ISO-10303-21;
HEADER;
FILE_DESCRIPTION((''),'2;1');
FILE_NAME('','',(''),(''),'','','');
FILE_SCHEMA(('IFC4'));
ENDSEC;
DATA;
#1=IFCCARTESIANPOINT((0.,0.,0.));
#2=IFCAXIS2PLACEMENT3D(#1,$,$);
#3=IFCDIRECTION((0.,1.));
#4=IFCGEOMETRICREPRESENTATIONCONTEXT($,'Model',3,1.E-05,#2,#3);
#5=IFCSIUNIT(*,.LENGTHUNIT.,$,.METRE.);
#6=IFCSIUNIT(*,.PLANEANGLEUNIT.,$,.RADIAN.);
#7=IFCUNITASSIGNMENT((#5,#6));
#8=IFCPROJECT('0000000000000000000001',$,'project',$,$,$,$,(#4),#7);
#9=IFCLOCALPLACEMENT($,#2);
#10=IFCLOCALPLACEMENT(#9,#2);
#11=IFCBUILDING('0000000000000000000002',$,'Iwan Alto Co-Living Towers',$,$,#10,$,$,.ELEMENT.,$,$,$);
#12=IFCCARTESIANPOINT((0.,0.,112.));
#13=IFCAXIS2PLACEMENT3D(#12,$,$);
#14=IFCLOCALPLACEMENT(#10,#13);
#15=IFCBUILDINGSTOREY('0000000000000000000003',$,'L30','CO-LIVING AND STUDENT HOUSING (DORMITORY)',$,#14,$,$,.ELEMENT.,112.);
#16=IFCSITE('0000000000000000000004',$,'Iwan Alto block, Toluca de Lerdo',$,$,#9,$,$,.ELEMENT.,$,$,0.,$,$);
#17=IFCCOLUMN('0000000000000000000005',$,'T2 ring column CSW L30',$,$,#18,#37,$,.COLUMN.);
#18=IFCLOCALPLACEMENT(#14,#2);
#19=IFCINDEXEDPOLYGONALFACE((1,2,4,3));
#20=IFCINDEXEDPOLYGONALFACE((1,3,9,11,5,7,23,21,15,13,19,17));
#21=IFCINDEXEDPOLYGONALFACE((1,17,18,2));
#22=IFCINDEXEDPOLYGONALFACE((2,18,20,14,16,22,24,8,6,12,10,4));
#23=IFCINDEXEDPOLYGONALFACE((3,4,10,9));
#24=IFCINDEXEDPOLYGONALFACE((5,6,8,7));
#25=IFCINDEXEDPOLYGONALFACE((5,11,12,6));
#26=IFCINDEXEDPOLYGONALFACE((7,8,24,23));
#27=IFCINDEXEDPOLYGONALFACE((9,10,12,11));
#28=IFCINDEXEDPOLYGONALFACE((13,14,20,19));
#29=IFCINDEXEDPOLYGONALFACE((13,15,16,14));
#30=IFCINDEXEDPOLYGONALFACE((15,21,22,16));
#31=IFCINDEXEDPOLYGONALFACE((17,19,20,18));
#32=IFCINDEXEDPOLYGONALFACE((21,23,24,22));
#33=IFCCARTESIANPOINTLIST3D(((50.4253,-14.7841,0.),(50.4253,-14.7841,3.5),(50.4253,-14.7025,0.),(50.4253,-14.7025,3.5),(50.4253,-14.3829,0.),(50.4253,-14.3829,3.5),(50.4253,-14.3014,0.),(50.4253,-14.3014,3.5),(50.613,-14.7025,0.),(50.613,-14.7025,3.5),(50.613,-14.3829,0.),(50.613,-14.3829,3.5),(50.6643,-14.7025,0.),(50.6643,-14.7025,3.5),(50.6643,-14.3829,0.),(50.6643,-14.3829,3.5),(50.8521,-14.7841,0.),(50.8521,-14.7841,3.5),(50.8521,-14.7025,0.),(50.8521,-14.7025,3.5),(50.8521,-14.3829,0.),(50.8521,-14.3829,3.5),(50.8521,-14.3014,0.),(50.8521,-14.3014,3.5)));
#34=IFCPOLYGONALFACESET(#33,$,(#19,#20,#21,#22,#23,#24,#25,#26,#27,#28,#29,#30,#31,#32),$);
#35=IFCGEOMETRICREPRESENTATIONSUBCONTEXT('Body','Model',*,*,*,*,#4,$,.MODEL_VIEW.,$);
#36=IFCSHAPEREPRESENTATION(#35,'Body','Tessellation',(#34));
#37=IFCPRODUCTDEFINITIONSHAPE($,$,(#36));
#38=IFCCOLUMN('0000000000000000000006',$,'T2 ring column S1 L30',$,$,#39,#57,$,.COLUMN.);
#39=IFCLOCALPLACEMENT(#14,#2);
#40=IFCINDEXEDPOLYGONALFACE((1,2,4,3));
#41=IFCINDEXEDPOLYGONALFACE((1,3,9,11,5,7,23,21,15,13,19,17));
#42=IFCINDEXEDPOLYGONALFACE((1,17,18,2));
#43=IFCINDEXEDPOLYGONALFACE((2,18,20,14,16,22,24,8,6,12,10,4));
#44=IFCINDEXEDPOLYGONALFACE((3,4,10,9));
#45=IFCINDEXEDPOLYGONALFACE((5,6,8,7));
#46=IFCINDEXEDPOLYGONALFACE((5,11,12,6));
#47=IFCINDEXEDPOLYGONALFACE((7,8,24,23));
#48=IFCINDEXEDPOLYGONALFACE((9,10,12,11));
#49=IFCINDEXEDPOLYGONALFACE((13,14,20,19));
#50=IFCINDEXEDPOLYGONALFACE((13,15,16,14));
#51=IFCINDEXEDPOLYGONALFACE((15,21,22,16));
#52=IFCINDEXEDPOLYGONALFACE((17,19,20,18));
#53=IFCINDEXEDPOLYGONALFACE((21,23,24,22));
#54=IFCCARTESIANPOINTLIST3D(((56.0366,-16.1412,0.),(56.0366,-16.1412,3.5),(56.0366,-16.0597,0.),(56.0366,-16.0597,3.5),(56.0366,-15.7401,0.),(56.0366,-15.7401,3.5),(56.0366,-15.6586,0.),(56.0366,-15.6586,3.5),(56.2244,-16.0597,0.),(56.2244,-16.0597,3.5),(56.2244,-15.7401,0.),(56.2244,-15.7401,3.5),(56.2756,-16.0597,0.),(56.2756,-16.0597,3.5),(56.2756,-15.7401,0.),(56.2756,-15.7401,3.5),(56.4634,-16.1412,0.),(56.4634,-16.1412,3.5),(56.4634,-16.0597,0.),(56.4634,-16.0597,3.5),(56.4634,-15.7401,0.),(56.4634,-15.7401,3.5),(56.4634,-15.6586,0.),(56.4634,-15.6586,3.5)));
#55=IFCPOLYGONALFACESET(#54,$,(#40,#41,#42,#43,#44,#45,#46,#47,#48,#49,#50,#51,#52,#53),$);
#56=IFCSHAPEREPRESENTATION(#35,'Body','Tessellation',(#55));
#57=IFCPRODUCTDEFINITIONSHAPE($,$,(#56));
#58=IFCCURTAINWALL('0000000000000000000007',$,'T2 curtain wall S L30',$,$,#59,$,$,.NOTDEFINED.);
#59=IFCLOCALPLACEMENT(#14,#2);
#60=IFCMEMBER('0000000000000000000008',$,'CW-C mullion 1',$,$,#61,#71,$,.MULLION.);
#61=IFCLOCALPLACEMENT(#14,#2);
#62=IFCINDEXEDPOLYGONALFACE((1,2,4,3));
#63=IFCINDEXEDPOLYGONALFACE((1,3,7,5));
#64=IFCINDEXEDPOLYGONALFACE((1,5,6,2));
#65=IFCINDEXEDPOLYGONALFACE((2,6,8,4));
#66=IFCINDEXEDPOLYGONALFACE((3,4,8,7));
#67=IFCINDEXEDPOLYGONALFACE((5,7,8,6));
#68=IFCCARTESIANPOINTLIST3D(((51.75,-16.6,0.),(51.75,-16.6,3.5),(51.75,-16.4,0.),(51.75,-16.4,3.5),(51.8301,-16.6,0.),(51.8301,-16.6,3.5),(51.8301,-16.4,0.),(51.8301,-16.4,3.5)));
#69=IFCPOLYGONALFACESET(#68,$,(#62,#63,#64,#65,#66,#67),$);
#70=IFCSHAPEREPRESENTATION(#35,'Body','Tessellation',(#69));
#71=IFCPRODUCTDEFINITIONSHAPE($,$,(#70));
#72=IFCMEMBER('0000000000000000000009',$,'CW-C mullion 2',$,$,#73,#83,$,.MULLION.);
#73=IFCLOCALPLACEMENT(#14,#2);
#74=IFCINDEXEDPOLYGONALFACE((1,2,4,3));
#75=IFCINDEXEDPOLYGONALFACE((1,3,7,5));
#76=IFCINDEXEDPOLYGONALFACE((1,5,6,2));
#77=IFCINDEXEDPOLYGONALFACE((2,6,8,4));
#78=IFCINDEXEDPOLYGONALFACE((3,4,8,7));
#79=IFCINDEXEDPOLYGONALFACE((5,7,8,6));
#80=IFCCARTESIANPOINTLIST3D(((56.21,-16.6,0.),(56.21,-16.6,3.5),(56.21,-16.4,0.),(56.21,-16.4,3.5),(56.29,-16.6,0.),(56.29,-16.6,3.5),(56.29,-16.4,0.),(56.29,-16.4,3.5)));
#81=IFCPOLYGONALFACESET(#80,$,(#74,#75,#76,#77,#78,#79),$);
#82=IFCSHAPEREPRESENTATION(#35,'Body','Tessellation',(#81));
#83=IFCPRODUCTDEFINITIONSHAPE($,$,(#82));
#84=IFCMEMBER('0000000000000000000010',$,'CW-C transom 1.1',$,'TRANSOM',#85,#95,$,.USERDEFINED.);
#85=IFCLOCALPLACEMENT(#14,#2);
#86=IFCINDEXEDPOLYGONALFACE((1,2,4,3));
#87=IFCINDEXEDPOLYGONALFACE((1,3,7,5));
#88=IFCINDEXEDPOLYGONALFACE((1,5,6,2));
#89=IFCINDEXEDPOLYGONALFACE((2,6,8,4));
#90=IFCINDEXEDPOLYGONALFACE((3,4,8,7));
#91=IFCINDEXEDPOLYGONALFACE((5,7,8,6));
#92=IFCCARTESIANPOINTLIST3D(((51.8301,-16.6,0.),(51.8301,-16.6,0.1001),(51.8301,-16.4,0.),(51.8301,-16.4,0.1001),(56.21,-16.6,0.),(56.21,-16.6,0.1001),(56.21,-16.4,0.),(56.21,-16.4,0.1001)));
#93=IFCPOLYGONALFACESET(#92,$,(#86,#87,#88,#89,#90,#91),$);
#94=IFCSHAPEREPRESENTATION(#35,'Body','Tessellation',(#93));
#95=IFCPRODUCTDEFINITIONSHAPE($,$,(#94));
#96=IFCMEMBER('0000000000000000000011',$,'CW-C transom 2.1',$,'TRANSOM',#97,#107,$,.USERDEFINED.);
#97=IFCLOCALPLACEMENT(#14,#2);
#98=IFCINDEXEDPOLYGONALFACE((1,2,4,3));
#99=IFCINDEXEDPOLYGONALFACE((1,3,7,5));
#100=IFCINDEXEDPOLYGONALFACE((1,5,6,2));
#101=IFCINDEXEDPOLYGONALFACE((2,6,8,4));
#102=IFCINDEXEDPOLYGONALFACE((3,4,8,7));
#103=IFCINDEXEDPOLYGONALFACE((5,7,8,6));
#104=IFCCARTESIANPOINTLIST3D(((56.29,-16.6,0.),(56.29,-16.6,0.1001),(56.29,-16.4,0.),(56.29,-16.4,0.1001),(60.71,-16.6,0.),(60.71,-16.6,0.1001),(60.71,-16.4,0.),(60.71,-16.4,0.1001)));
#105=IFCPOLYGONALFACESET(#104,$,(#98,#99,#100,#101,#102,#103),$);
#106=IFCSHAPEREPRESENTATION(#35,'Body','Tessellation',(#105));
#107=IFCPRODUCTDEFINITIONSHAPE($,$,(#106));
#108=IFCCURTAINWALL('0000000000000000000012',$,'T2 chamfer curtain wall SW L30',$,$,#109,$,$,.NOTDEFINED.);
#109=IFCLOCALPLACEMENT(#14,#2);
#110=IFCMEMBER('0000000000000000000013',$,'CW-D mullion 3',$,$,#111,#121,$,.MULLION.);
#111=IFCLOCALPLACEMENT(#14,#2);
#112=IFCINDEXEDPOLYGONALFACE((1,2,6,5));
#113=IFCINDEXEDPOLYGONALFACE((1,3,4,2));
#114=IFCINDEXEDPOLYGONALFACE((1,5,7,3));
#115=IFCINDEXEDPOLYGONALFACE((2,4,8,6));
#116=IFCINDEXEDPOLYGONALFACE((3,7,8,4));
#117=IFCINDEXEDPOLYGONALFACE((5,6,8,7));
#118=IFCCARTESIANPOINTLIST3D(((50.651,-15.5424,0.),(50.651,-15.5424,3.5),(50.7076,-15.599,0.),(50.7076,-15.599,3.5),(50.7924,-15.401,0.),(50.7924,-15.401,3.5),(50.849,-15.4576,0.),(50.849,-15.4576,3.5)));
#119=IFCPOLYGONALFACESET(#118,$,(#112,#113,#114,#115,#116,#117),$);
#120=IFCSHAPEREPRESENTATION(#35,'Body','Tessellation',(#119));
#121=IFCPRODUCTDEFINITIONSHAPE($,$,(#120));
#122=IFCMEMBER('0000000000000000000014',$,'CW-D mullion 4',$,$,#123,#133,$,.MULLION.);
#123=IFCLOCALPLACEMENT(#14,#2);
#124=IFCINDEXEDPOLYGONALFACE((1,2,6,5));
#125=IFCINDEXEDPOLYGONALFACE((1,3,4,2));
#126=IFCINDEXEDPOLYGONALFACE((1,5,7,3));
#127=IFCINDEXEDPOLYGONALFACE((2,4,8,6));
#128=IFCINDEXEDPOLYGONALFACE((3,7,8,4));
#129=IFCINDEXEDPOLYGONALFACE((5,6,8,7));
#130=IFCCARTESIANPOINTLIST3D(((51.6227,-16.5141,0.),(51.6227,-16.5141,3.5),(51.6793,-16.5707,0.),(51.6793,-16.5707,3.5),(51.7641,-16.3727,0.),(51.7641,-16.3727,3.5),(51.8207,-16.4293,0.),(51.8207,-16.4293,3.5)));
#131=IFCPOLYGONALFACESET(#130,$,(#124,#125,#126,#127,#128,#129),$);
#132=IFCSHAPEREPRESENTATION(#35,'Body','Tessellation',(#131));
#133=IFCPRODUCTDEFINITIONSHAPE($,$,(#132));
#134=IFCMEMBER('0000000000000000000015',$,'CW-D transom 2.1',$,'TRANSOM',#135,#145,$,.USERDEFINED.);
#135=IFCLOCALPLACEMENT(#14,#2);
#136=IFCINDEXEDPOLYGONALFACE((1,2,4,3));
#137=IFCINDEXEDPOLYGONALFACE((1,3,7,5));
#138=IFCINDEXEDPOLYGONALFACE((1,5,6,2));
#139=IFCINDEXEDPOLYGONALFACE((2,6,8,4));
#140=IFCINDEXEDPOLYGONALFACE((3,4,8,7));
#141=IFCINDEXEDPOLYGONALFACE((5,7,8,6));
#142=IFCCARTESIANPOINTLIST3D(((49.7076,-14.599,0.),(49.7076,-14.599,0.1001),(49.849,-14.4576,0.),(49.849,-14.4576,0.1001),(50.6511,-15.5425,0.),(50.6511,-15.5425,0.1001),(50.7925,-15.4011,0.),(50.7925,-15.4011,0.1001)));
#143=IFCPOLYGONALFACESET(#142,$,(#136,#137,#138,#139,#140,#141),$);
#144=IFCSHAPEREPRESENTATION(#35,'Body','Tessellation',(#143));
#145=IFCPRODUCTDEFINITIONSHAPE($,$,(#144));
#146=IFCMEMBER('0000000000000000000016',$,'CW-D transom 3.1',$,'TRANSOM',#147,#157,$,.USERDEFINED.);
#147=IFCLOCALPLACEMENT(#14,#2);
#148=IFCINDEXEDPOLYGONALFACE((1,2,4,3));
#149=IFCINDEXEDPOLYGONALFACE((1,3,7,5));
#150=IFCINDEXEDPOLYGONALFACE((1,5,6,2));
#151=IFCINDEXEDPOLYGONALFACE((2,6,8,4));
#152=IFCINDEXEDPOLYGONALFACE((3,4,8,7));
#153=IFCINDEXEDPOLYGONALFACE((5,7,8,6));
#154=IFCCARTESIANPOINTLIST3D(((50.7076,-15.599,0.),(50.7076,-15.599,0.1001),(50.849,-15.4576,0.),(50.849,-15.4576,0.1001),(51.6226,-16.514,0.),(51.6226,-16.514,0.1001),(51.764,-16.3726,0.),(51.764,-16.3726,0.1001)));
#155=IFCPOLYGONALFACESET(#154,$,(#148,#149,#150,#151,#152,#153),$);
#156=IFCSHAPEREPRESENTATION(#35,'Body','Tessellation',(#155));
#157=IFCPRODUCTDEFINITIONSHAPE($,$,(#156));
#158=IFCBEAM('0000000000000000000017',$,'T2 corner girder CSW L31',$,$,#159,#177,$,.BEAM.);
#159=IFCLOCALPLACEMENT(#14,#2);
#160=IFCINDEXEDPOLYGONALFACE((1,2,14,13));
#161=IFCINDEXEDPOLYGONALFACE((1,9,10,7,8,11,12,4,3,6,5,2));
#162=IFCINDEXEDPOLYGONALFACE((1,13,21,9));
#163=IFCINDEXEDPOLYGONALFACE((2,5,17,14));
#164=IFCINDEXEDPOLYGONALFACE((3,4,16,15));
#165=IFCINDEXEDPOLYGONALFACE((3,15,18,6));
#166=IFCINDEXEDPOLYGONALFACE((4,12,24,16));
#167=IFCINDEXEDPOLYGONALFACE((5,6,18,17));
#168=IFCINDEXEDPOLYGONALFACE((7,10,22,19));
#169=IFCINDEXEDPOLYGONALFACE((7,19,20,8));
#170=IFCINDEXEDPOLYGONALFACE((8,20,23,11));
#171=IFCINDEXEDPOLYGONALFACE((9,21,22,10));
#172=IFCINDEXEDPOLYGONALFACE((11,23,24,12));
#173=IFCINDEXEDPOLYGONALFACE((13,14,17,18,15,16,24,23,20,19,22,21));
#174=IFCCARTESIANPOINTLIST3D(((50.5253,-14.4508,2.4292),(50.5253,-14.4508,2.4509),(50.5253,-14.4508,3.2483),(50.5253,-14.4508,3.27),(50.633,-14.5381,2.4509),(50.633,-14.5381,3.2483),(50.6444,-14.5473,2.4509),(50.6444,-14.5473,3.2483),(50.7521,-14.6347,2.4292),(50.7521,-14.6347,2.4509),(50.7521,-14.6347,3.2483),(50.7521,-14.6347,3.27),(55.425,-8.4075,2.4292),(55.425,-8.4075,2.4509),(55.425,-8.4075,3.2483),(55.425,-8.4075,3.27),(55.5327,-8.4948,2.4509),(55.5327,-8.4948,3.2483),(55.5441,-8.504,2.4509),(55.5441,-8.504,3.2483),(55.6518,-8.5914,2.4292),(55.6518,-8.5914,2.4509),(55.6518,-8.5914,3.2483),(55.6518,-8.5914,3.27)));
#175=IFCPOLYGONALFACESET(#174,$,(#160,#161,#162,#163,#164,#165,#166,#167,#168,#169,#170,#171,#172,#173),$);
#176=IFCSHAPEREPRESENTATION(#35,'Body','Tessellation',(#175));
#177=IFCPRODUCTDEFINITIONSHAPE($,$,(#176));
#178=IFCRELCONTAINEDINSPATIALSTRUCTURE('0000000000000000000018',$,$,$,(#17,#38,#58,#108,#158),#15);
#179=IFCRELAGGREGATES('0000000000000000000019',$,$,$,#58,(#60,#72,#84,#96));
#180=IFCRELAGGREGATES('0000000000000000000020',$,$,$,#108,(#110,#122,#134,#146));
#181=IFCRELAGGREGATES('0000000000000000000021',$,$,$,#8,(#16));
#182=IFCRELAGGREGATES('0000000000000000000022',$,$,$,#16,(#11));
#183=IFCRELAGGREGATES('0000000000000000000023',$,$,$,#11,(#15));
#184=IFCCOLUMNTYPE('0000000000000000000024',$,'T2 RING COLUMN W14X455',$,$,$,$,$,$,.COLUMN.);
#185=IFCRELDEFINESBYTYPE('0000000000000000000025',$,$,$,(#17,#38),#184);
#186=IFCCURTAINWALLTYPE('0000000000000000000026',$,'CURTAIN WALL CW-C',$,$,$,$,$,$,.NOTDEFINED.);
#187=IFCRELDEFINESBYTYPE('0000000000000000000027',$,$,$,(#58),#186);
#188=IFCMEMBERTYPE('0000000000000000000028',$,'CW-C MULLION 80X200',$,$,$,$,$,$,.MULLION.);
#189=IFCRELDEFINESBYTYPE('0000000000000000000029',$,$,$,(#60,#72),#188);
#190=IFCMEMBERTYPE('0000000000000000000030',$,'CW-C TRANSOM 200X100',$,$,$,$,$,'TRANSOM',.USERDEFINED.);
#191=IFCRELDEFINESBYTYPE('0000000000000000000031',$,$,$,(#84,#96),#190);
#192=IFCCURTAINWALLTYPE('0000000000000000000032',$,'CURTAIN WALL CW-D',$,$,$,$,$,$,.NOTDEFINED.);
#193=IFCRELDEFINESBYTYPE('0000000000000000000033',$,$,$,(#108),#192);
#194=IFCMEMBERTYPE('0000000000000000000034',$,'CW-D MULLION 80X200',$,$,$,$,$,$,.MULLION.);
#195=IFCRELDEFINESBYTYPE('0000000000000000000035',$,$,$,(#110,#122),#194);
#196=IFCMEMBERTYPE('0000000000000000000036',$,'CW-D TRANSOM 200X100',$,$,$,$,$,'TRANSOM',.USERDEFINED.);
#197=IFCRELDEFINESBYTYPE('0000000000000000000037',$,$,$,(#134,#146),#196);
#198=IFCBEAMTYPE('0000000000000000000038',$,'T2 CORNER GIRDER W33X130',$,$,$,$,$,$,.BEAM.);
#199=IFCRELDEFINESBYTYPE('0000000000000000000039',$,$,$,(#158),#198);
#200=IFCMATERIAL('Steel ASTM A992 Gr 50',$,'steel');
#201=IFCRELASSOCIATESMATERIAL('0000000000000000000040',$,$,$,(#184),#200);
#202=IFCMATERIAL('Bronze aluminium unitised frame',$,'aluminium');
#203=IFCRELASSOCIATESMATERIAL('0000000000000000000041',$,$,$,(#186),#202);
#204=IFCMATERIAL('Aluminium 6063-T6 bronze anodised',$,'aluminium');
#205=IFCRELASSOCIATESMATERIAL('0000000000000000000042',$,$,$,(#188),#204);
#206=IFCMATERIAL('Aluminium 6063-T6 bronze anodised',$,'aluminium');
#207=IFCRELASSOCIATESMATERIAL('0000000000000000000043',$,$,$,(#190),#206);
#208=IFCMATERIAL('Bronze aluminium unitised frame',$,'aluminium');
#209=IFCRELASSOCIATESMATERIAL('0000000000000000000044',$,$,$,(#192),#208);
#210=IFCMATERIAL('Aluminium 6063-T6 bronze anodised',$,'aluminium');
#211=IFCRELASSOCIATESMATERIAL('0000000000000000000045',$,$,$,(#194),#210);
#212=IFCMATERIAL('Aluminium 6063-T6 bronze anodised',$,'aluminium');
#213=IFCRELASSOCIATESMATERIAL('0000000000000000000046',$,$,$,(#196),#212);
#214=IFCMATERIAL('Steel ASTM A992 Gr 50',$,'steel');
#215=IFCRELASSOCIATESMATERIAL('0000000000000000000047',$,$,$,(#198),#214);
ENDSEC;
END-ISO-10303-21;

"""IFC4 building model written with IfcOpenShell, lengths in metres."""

from ifc_helpers import new_model, si_unit, direction, frame, origin, origin_2d, place, context, subcontext, project, spatial, rectangle, i_section, extrude, material, material_profile, profile_set, type_object, element, aggregate, save


model = new_model("IFC4")

# Units and contexts
model_context = context("Model", 3, precision=1e-05, world=origin(), true_north=direction((0.0, 1.0)))
body_context = subcontext(model_context, "Body", "Model", "MODEL_VIEW")
ifc_project = project(units=[si_unit("LENGTHUNIT", "METRE"), si_unit("PLANEANGLEUNIT", "RADIAN")], contexts=[model_context])

# Site, building, storey
site_placement = place(None, origin())
site = spatial("IfcSite", under=ifc_project, at=site_placement, Name="Iwan Alto block, Toluca de Lerdo", CompositionType="ELEMENT", RefElevation=0.0)
building_placement = place(site_placement, origin())
building = spatial("IfcBuilding", under=site, at=building_placement, Name="Iwan Alto Co-Living Towers", CompositionType="ELEMENT")
storey_placement = place(building_placement, frame((0.0, 0.0, 112.0)))
storey = spatial("IfcBuildingStorey", under=building, at=storey_placement, Name="L30", Description="CO-LIVING AND STUDENT HOUSING (DORMITORY)", CompositionType="ELEMENT", Elevation=112.0)

# Columns
ifc_material_1 = material(Name="Steel ASTM A992 Gr 50", Category="steel")
ifc_material_profile_1 = material_profile(ifc_material_1, i_section(OverallWidth=0.4268, OverallDepth=0.4827, WebThickness=0.0513, FlangeThickness=0.0815, at=origin_2d()), Name="W14X455")
ifc_profile_set_1 = profile_set([ifc_material_profile_1], Name="Steel ASTM A992 Gr 50")
column_type = type_object("IfcColumnType", Name="T2 RING COLUMN W14X455", PredefinedType="COLUMN", material=ifc_profile_set_1)
for number, where, z_axis, x_axis, name in (
    (1, (50.6387, -14.5427, 0.0), (0.0, 0.0, 1.0), (1.0, 0.0, 0.0), "T2 ring column CSW L30"),
    (2, (56.25, -15.8999, 0.0), (0.0, 0.0, 1.0), (1.0, 0.0, 0.0), "T2 ring column S1 L30"),
):
    element("IfcColumn", number, at=place(storey_placement, frame(where, z_axis=z_axis, x_axis=x_axis)), inside=storey, type_object=column_type, Name=name, PredefinedType="COLUMN", context=body_context, shape_type="SweptSolid", body=[
        extrude(i_section(OverallWidth=0.4268, OverallDepth=0.4827, WebThickness=0.0513, FlangeThickness=0.0815, at=origin_2d()), origin(), (0.0, 0.0, 1.0), 3.5),
    ])

# Curtain walls, members
ifc_material_2 = material(Name="Bronze aluminium unitised frame", Category="aluminium")
curtain_wall_type_1 = type_object("IfcCurtainWallType", Name="CURTAIN WALL CW-C", PredefinedType="NOTDEFINED", material=ifc_material_2)
curtain_wall_1_placement = place(storey_placement, origin())
curtain_wall_1 = element("IfcCurtainWall", 3, at=curtain_wall_1_placement, inside=storey, type_object=curtain_wall_type_1, Name="T2 curtain wall S L30", PredefinedType="NOTDEFINED")
ifc_material_3 = material(Name="Aluminium 6063-T6 bronze anodised", Category="aluminium")
ifc_material_profile_2 = material_profile(ifc_material_3, rectangle(XDim=0.2, YDim=0.0801, at=origin_2d()), Name="AL 80X200")
ifc_profile_set_2 = profile_set([ifc_material_profile_2], Name="Aluminium 6063-T6 bronze anodised")
member_type_1 = type_object("IfcMemberType", Name="CW-C MULLION 80X200", PredefinedType="MULLION", material=ifc_profile_set_2)
member_1_placement = place(storey_placement, frame((51.79, -16.5, 0.0), z_axis=(0.0, 0.0, 1.0), x_axis=(0.0, 1.0, 0.0)))
member_1 = element("IfcMember", 4, at=member_1_placement, type_object=member_type_1, Name="CW-C mullion 1", PredefinedType="MULLION", context=body_context, shape_type="SweptSolid", body=[
    extrude(rectangle(XDim=0.2, YDim=0.0801, at=origin_2d()), origin(), (0.0, 0.0, 1.0), 3.5),
])
member_2_placement = place(storey_placement, frame((56.25, -16.5, 0.0), z_axis=(0.0, 0.0, 1.0), x_axis=(0.0, 1.0, 0.0)))
member_2 = element("IfcMember", 5, at=member_2_placement, type_object=member_type_1, Name="CW-C mullion 2", PredefinedType="MULLION", context=body_context, shape_type="SweptSolid", body=[
    extrude(rectangle(XDim=0.2, YDim=0.0801, at=origin_2d()), origin(), (0.0, 0.0, 1.0), 3.5),
])
ifc_material_4 = material(Name="Aluminium 6063-T6 bronze anodised", Category="aluminium")
ifc_material_profile_3 = material_profile(ifc_material_4, rectangle(XDim=0.2, YDim=0.1001, at=origin_2d()), Name="AL 200X100")
ifc_profile_set_3 = profile_set([ifc_material_profile_3], Name="Aluminium 6063-T6 bronze anodised")
member_type_2 = type_object("IfcMemberType", Name="CW-C TRANSOM 200X100", ElementType="TRANSOM", PredefinedType="USERDEFINED", material=ifc_profile_set_3)
member_3_placement = place(storey_placement, frame((51.8301, -16.5, 0.05), z_axis=(1.0, 0.0, 0.0), x_axis=(0.0, 1.0, 0.0)))
member_3 = element("IfcMember", 6, at=member_3_placement, type_object=member_type_2, Name="CW-C transom 1.1", ObjectType="TRANSOM", PredefinedType="USERDEFINED", context=body_context, shape_type="SweptSolid", body=[
    extrude(rectangle(XDim=0.2, YDim=0.1001, at=origin_2d()), origin(), (0.0, 0.0, 1.0), 4.3799),
])
member_4_placement = place(storey_placement, frame((56.29, -16.5, 0.05), z_axis=(1.0, 0.0, 0.0), x_axis=(0.0, 1.0, 0.0)))
member_4 = element("IfcMember", 7, at=member_4_placement, type_object=member_type_2, Name="CW-C transom 2.1", ObjectType="TRANSOM", PredefinedType="USERDEFINED", context=body_context, shape_type="SweptSolid", body=[
    extrude(rectangle(XDim=0.2, YDim=0.1001, at=origin_2d()), origin(), (0.0, 0.0, 1.0), 4.4199),
])
ifc_material_5 = material(Name="Bronze aluminium unitised frame", Category="aluminium")
curtain_wall_type_2 = type_object("IfcCurtainWallType", Name="CURTAIN WALL CW-D", PredefinedType="NOTDEFINED", material=ifc_material_5)
curtain_wall_2_placement = place(storey_placement, origin())
curtain_wall_2 = element("IfcCurtainWall", 8, at=curtain_wall_2_placement, inside=storey, type_object=curtain_wall_type_2, Name="T2 chamfer curtain wall SW L30", PredefinedType="NOTDEFINED")
ifc_material_6 = material(Name="Aluminium 6063-T6 bronze anodised", Category="aluminium")
ifc_material_profile_4 = material_profile(ifc_material_6, rectangle(XDim=0.2, YDim=0.0801, at=origin_2d()), Name="AL 80X200")
ifc_profile_set_4 = profile_set([ifc_material_profile_4], Name="Aluminium 6063-T6 bronze anodised")
member_type_3 = type_object("IfcMemberType", Name="CW-D MULLION 80X200", PredefinedType="MULLION", material=ifc_profile_set_4)
member_5_placement = place(storey_placement, frame((50.75, -15.5, 0.0), z_axis=(0.0, 0.0, 1.0), x_axis=(0.707107, 0.707107, 0.0)))
member_5 = element("IfcMember", 9, at=member_5_placement, type_object=member_type_3, Name="CW-D mullion 3", PredefinedType="MULLION", context=body_context, shape_type="SweptSolid", body=[
    extrude(rectangle(XDim=0.2, YDim=0.0801, at=origin_2d()), origin(), (0.0, 0.0, 1.0), 3.5),
])
member_6_placement = place(storey_placement, frame((51.7217, -16.4717, 0.0), z_axis=(0.0, 0.0, 1.0), x_axis=(0.707107, 0.707107, 0.0)))
member_6 = element("IfcMember", 10, at=member_6_placement, type_object=member_type_3, Name="CW-D mullion 4", PredefinedType="MULLION", context=body_context, shape_type="SweptSolid", body=[
    extrude(rectangle(XDim=0.2, YDim=0.0801, at=origin_2d()), origin(), (0.0, 0.0, 1.0), 3.5),
])
ifc_material_7 = material(Name="Aluminium 6063-T6 bronze anodised", Category="aluminium")
ifc_material_profile_5 = material_profile(ifc_material_7, rectangle(XDim=0.2, YDim=0.1001, at=origin_2d()), Name="AL 200X100")
ifc_profile_set_5 = profile_set([ifc_material_profile_5], Name="Aluminium 6063-T6 bronze anodised")
member_type_4 = type_object("IfcMemberType", Name="CW-D TRANSOM 200X100", ElementType="TRANSOM", PredefinedType="USERDEFINED", material=ifc_profile_set_5)
member_7_placement = place(storey_placement, frame((49.7783, -14.5283, 0.05), z_axis=(0.707107, -0.707107, 0.0), x_axis=(0.707107, 0.707107, 0.0)))
member_7 = element("IfcMember", 11, at=member_7_placement, type_object=member_type_4, Name="CW-D transom 2.1", ObjectType="TRANSOM", PredefinedType="USERDEFINED", context=body_context, shape_type="SweptSolid", body=[
    extrude(rectangle(XDim=0.2, YDim=0.1001, at=origin_2d()), origin(), (0.0, 0.0, 1.0), 1.3342),
])
member_8_placement = place(storey_placement, frame((50.7783, -15.5283, 0.05), z_axis=(0.707107, -0.707107, 0.0), x_axis=(0.707107, 0.707107, 0.0)))
member_8 = element("IfcMember", 12, at=member_8_placement, type_object=member_type_4, Name="CW-D transom 3.1", ObjectType="TRANSOM", PredefinedType="USERDEFINED", context=body_context, shape_type="SweptSolid", body=[
    extrude(rectangle(XDim=0.2, YDim=0.1001, at=origin_2d()), origin(), (0.0, 0.0, 1.0), 1.2939),
])

# Beam
ifc_material_8 = material(Name="Steel ASTM A992 Gr 50", Category="steel")
ifc_material_profile_6 = material_profile(ifc_material_8, i_section(OverallWidth=0.292, OverallDepth=0.8408, WebThickness=0.0146, FlangeThickness=0.0217, at=origin_2d()), Name="W33X130")
ifc_profile_set_6 = profile_set([ifc_material_profile_6], Name="Steel ASTM A992 Gr 50")
beam_type_1 = type_object("IfcBeamType", Name="T2 CORNER GIRDER W33X130", PredefinedType="BEAM", material=ifc_profile_set_6)
beam_1_placement = place(storey_placement, frame((50.6387, -14.5427, 2.8496), z_axis=(0.629783, 0.776771, 0.0), x_axis=(-0.776771, 0.629783, 0.0)))
element("IfcBeam", 13, at=beam_1_placement, inside=storey, type_object=beam_type_1, Name="T2 corner girder CSW L31", PredefinedType="BEAM", context=body_context, shape_type="SweptSolid", body=[
    extrude(i_section(OverallWidth=0.292, OverallDepth=0.8408, WebThickness=0.0146, FlangeThickness=0.0217, at=origin_2d()), origin(), (0.0, 0.0, 1.0), 7.78),
])

aggregate(curtain_wall_1, [member_1, member_2, member_3, member_4])
aggregate(curtain_wall_2, [member_5, member_6, member_7, member_8])

save(model, "model.ifc")
